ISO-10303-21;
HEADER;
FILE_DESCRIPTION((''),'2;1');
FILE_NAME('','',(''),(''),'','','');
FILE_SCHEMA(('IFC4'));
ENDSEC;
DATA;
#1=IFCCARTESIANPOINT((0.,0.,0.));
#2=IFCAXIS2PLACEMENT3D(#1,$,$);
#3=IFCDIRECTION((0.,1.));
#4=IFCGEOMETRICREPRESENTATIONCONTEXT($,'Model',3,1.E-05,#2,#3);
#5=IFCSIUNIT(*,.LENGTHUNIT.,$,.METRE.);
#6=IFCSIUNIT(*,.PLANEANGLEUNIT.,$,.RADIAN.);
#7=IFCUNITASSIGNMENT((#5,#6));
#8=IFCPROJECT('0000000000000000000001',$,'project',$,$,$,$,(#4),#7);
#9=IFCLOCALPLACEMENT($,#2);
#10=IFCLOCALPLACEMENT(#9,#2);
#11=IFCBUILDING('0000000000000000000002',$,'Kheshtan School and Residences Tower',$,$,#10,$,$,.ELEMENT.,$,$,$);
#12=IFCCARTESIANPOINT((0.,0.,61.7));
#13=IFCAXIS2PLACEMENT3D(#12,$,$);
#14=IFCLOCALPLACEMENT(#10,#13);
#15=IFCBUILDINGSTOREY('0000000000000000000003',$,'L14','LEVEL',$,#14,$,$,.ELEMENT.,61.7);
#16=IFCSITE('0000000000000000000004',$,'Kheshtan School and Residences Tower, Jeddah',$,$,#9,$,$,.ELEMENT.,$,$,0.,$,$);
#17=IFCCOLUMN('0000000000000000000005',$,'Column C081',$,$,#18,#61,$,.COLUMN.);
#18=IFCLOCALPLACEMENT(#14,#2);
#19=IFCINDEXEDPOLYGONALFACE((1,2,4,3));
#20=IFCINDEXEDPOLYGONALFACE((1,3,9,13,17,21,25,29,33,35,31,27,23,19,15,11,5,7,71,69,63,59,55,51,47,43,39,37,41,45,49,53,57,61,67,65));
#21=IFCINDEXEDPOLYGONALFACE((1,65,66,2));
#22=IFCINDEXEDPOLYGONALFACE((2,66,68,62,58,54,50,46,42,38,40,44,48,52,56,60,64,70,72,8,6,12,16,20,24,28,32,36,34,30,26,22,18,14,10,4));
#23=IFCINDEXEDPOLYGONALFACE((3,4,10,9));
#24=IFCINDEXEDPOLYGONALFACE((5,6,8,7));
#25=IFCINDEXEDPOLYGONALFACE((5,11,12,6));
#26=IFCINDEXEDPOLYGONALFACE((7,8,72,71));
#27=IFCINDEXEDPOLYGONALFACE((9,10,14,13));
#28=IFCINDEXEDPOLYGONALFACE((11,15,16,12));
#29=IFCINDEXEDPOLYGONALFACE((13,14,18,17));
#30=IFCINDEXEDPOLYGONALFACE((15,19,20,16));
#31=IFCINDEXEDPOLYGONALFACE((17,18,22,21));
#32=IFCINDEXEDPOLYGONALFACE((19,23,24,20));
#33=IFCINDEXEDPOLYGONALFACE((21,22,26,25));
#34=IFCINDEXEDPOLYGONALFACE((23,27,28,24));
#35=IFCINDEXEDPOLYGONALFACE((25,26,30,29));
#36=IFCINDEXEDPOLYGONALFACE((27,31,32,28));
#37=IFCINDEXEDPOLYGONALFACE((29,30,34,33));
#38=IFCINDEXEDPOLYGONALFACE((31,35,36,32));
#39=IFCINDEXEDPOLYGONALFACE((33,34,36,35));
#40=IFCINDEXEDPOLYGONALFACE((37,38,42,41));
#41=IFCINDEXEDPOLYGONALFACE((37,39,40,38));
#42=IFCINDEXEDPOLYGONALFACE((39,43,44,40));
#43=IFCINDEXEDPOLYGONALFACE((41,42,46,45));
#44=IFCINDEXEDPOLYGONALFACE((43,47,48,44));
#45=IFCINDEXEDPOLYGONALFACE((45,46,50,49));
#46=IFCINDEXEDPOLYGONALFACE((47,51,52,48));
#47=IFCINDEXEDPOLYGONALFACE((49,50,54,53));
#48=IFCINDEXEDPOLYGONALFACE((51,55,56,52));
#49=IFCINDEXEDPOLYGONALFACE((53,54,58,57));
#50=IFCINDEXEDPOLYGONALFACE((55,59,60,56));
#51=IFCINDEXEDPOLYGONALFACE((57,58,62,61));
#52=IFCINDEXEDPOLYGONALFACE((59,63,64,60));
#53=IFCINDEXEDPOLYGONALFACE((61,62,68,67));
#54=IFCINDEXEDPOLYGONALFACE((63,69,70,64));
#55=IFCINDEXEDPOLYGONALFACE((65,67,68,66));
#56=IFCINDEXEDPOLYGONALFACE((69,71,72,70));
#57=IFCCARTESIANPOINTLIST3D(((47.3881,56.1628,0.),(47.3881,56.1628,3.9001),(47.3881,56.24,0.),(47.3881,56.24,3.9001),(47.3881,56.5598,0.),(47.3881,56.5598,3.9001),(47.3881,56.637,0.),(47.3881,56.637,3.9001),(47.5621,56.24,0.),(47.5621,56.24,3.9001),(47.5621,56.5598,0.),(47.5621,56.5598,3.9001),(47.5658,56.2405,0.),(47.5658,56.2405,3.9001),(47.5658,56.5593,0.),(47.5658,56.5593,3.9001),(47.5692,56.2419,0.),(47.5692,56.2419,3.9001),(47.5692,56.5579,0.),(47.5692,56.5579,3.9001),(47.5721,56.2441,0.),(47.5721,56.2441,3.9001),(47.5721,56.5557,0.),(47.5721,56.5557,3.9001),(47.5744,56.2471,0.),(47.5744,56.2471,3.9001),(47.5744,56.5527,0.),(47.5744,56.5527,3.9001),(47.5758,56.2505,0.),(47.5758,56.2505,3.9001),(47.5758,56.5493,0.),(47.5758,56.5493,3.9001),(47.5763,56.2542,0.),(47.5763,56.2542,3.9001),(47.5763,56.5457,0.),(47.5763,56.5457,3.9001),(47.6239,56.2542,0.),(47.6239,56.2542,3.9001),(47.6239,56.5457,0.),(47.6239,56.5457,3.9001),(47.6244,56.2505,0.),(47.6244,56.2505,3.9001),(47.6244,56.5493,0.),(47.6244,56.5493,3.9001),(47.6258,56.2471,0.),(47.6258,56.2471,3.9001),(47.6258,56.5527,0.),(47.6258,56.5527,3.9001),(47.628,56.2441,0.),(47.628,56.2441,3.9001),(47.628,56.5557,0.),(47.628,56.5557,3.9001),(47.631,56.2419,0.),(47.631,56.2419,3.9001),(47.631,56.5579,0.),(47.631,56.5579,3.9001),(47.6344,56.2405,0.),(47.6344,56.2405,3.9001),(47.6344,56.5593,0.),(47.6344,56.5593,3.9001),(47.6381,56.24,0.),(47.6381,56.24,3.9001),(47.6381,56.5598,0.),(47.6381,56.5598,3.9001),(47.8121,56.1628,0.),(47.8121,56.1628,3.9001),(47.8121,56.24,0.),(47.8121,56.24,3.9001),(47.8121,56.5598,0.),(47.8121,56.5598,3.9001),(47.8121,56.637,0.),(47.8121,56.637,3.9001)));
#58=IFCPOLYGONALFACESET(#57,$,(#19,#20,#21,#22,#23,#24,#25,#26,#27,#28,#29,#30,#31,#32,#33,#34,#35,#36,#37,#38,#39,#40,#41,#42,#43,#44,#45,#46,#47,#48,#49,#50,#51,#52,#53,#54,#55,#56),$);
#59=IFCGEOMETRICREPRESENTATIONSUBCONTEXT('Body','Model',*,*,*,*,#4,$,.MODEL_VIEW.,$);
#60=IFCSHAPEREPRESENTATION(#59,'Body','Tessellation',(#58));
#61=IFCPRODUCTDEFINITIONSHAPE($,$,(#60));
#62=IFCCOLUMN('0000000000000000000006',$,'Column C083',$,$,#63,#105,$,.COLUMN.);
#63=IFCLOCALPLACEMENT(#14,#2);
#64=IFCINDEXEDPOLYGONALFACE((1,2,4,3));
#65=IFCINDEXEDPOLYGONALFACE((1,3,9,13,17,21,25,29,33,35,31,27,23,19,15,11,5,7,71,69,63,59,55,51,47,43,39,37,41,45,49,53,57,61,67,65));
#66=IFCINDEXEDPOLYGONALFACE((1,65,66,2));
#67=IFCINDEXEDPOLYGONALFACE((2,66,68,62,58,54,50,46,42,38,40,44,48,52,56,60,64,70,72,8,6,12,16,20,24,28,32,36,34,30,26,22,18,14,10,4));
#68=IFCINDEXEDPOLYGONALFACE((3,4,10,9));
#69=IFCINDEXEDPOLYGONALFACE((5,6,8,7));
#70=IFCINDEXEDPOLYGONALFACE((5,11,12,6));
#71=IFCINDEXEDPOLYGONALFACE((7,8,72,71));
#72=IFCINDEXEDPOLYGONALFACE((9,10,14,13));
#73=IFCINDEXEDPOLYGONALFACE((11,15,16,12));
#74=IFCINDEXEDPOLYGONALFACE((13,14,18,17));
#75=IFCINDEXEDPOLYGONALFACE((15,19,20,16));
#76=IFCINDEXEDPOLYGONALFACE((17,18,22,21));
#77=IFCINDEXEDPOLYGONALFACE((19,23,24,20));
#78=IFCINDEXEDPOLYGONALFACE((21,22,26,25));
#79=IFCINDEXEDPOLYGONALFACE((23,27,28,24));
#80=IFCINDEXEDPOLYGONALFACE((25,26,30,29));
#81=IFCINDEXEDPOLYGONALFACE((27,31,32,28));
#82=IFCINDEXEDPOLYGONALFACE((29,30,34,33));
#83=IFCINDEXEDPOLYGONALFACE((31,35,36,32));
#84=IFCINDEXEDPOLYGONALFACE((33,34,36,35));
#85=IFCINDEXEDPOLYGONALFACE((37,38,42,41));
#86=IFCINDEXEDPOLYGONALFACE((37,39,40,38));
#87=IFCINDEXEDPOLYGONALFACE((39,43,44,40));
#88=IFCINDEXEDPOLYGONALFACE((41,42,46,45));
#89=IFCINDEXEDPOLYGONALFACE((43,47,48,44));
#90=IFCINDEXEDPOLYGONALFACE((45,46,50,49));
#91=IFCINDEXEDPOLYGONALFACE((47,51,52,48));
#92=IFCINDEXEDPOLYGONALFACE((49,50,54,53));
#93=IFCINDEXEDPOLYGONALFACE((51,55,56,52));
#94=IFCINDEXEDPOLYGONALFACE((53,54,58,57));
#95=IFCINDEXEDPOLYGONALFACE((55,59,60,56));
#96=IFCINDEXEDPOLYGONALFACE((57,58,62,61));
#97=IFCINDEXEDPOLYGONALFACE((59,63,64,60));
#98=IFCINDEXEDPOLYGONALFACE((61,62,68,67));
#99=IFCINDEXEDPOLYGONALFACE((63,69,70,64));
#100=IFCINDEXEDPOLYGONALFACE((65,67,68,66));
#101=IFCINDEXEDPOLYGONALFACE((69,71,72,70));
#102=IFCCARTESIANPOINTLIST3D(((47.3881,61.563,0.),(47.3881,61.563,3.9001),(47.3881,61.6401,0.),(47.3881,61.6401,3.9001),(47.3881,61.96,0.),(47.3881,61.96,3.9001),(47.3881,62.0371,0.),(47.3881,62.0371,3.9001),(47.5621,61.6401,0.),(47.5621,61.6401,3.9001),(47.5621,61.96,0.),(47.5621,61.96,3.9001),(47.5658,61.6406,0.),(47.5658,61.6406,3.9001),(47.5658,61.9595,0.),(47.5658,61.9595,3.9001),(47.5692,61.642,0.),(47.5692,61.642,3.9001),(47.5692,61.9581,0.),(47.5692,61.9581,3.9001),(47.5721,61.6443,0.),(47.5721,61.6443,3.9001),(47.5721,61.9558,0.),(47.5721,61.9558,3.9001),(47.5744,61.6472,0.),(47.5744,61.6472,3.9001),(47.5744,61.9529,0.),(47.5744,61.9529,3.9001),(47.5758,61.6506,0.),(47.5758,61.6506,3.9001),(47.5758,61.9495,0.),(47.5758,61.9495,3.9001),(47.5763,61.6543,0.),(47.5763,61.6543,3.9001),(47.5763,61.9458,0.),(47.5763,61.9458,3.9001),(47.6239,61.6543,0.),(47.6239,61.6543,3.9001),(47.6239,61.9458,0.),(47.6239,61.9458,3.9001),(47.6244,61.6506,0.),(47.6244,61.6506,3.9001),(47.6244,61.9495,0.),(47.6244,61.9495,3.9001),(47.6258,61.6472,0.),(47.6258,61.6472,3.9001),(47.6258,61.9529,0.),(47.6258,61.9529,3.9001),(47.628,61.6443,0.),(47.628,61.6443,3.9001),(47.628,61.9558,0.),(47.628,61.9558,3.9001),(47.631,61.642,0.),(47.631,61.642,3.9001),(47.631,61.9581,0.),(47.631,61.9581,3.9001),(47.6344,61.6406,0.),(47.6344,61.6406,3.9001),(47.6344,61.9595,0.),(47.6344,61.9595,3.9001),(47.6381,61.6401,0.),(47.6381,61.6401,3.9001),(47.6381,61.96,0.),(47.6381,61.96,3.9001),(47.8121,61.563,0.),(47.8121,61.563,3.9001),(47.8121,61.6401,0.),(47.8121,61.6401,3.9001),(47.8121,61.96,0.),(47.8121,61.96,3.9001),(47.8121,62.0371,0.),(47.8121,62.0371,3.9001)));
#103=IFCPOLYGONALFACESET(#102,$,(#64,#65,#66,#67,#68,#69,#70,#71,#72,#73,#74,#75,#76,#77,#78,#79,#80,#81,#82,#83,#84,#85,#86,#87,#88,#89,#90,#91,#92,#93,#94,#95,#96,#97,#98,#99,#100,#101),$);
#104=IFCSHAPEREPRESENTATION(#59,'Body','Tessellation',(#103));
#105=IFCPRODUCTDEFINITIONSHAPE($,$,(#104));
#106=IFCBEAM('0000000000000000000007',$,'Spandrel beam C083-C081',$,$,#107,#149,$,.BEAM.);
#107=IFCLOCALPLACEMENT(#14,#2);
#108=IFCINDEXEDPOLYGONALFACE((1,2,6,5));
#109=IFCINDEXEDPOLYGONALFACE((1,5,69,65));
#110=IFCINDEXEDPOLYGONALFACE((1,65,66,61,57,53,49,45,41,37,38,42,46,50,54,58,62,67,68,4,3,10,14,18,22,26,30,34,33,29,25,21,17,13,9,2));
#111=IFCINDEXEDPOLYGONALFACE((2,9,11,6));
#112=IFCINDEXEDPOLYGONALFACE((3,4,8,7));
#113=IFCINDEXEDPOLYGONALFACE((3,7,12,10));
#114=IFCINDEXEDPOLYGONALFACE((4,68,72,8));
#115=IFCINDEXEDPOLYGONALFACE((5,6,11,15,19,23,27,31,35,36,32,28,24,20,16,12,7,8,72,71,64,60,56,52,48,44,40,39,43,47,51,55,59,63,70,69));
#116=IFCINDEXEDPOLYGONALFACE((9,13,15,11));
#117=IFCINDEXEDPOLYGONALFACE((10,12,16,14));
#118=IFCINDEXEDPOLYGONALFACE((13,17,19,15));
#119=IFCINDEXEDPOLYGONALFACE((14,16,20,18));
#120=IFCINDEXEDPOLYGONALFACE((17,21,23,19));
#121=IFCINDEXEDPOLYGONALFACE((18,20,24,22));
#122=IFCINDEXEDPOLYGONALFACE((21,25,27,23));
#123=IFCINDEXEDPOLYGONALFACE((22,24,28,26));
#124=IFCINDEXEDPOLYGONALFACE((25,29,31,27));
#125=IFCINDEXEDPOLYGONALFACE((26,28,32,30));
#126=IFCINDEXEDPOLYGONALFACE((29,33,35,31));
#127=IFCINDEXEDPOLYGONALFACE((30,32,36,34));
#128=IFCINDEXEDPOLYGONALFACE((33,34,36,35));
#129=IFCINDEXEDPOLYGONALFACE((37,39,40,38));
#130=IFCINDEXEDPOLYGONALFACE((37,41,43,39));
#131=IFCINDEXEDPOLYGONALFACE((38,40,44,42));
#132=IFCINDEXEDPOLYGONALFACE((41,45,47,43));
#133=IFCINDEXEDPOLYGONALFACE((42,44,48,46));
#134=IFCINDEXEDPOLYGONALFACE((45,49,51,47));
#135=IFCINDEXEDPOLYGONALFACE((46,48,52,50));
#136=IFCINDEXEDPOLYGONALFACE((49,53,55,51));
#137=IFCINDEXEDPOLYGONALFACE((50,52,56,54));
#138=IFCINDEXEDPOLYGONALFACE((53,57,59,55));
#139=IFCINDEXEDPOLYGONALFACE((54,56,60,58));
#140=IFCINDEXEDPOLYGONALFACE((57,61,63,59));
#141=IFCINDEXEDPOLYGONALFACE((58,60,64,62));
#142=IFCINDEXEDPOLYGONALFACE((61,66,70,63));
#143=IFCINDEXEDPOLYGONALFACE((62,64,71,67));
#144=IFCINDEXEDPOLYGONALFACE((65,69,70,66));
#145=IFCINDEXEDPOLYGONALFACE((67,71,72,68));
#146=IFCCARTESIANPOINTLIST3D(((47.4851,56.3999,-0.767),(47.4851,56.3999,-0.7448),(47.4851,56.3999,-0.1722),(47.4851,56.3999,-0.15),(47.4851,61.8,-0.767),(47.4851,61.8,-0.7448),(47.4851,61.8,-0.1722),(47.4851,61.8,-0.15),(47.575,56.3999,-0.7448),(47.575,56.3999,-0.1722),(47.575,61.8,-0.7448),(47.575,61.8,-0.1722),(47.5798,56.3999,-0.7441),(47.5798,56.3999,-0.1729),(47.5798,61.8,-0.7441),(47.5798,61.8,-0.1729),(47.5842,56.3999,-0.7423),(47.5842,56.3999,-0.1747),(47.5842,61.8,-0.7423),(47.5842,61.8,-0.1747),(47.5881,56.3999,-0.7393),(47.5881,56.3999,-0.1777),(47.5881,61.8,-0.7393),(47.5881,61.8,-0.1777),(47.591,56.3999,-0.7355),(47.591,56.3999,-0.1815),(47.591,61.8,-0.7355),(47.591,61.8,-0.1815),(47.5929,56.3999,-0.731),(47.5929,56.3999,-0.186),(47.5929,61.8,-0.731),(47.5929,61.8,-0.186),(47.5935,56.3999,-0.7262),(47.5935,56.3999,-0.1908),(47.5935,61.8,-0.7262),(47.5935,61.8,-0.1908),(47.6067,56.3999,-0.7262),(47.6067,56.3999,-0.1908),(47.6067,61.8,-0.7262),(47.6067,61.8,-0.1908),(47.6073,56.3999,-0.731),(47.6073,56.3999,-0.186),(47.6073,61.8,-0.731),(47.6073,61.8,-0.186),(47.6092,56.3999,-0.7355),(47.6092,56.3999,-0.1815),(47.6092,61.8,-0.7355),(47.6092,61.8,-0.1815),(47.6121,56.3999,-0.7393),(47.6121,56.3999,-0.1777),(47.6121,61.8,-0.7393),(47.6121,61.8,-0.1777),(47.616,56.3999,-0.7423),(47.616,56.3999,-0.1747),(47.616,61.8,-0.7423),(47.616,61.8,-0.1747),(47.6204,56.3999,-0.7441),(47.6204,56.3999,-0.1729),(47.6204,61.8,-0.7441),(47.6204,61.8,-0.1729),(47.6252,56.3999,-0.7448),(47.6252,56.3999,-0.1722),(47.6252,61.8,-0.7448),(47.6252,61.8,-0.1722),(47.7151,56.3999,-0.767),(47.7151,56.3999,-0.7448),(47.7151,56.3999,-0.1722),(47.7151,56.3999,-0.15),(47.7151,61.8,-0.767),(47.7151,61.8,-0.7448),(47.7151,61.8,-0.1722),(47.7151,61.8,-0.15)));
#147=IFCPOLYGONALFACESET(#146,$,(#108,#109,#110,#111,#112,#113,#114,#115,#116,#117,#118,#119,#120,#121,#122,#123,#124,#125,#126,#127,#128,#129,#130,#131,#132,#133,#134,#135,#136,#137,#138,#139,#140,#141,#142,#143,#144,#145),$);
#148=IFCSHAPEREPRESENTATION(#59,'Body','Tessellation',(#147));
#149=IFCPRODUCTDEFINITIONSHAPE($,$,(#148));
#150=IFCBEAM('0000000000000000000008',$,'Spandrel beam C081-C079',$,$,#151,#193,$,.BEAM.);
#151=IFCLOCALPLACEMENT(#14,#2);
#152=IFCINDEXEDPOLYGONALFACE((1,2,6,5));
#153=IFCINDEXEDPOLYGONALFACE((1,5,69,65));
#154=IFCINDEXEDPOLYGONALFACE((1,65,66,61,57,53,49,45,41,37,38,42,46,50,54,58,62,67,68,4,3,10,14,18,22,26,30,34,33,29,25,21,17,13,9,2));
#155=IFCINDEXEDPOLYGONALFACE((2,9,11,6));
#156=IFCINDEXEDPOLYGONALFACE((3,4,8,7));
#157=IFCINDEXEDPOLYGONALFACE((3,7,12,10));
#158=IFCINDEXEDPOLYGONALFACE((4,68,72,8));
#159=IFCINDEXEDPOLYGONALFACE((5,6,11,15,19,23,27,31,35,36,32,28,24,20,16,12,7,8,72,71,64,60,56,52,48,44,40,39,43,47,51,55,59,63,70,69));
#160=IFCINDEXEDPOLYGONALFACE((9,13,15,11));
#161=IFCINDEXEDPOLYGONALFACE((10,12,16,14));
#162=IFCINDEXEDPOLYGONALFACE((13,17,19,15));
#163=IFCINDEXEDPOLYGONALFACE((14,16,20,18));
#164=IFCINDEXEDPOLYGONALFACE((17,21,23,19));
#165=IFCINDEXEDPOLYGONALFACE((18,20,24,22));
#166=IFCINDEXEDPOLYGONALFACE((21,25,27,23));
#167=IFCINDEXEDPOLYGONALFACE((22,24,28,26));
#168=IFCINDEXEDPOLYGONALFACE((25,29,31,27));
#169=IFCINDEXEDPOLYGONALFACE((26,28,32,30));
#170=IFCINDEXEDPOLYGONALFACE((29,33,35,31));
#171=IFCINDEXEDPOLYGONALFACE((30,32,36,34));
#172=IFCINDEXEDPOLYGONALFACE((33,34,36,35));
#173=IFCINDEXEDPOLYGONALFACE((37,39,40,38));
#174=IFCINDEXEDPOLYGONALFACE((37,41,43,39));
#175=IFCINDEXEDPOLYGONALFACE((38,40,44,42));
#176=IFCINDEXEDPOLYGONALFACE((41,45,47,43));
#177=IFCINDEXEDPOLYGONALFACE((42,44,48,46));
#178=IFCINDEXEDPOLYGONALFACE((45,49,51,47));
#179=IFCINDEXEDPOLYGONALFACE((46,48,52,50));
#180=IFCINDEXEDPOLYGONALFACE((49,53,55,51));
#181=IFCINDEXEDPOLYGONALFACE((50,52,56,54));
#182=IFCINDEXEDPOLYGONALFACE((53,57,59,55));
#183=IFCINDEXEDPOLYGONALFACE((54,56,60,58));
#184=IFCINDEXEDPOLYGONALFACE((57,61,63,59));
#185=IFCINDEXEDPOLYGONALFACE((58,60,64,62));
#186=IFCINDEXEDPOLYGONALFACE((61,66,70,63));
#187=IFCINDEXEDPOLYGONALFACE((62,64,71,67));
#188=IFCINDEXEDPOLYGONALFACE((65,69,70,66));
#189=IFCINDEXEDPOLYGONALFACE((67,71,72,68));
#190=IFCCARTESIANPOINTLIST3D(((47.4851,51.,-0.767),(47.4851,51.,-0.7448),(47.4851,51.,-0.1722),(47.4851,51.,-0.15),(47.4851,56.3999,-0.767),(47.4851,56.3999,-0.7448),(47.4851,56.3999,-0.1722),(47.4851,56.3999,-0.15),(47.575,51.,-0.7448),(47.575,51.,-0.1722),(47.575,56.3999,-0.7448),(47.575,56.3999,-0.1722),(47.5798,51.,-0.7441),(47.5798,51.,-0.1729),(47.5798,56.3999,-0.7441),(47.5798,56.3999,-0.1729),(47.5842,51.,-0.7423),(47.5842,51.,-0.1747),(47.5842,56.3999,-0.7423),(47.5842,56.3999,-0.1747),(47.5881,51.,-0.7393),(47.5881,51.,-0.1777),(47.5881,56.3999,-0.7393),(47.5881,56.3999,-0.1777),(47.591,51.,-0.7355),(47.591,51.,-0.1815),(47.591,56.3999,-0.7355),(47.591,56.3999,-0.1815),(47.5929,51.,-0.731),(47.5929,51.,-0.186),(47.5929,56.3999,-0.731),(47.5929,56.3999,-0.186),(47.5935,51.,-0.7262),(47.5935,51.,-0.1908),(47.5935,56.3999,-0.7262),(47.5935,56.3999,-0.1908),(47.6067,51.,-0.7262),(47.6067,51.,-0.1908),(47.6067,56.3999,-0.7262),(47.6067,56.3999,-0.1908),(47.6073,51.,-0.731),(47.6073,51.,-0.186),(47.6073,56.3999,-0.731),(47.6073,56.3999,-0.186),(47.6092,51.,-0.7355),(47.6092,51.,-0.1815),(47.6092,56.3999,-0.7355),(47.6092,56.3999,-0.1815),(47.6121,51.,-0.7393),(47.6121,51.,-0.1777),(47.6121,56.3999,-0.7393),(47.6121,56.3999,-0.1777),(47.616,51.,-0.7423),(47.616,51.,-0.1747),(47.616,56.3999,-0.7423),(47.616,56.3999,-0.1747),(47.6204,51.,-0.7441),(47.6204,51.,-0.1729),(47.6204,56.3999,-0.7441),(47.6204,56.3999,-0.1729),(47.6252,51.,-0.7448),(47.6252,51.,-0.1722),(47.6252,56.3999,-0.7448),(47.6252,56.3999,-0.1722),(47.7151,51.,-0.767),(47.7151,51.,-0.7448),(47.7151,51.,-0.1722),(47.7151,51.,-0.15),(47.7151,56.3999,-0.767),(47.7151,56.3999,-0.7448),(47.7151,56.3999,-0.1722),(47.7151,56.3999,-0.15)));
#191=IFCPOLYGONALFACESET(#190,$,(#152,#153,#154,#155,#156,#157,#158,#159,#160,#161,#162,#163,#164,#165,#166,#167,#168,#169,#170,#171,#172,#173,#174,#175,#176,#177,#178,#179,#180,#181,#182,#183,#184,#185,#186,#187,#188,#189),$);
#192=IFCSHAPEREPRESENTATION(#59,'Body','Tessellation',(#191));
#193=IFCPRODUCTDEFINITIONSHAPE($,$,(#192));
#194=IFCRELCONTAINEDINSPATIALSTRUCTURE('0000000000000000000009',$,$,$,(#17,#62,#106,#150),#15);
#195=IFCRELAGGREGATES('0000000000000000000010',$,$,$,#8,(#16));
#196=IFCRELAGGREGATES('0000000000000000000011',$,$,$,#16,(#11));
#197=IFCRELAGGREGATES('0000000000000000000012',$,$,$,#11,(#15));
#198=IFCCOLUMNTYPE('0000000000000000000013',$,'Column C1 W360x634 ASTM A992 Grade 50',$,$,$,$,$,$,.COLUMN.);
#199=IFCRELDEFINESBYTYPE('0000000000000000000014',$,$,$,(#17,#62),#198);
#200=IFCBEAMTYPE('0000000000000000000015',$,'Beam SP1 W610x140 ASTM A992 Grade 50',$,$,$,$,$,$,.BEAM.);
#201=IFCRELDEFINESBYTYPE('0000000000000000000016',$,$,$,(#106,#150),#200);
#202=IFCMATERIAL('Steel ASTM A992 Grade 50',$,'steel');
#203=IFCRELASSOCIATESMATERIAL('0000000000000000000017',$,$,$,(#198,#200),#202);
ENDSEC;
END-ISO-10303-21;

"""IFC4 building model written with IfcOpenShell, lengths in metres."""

from ifc_helpers import new_model, si_unit, direction, frame, origin, origin_2d, place, context, subcontext, project, spatial, i_section, extrude, material, material_profile, profile_set, type_object, element, save


model = new_model("IFC4")

# Units and contexts
model_context = context("Model", 3, precision=1e-05, world=origin(), true_north=direction((0.0, 1.0)))
body_context = subcontext(model_context, "Body", "Model", "MODEL_VIEW")
ifc_project = project(units=[si_unit("LENGTHUNIT", "METRE"), si_unit("PLANEANGLEUNIT", "RADIAN")], contexts=[model_context])

# Site, building, storey
site_placement = place(None, origin())
site = spatial("IfcSite", under=ifc_project, at=site_placement, Name="Kheshtan School and Residences Tower, Jeddah", CompositionType="ELEMENT", RefElevation=0.0)
building_placement = place(site_placement, origin())
building = spatial("IfcBuilding", under=site, at=building_placement, Name="Kheshtan School and Residences Tower", CompositionType="ELEMENT")
storey_placement = place(building_placement, frame((0.0, 0.0, 61.7)))
storey = spatial("IfcBuildingStorey", under=building, at=storey_placement, Name="L14", Description="LEVEL", CompositionType="ELEMENT", Elevation=61.7)

# Columns
ifc_material_1 = material(Name="Steel ASTM A992 Grade 50", Category="steel")
ifc_material_profile_1 = material_profile(ifc_material_1, i_section(OverallWidth=0.4241, OverallDepth=0.4741, WebThickness=0.0476, FlangeThickness=0.0771, FilletRadius=0.0142, at=origin_2d()), Name="W360x634")
ifc_profile_set_1 = profile_set([ifc_material_profile_1], Name="Steel ASTM A992 Grade 50")
column_type = type_object("IfcColumnType", Name="Column C1 W360x634 ASTM A992 Grade 50", PredefinedType="COLUMN", material=ifc_profile_set_1)
for number, where, z_axis, x_axis, name in (
    (1, (47.6001, 56.3999, 0.0), (0.0, 0.0, 1.0), (1.0, 0.0, 0.0), "Column C081"),
    (2, (47.6001, 61.8, 0.0), (0.0, 0.0, 1.0), (1.0, 0.0, 0.0), "Column C083"),
):
    element("IfcColumn", number, at=place(storey_placement, frame(where, z_axis=z_axis, x_axis=x_axis)), inside=storey, type_object=column_type, Name=name, PredefinedType="COLUMN", context=body_context, shape_type="SweptSolid", body=[
        extrude(i_section(OverallWidth=0.4241, OverallDepth=0.4741, WebThickness=0.0476, FlangeThickness=0.0771, FilletRadius=0.0142, at=origin_2d()), origin(), (0.0, 0.0, 1.0), 3.9001),
    ])

# Beams
ifc_material_profile_2 = material_profile(ifc_material_1, i_section(OverallWidth=0.23, OverallDepth=0.6169, WebThickness=0.0132, FlangeThickness=0.0222, FilletRadius=0.0186, at=origin_2d()), Name="W610x140")
ifc_profile_set_2 = profile_set([ifc_material_profile_2], Name="Steel ASTM A992 Grade 50")
beam_type = type_object("IfcBeamType", Name="Beam SP1 W610x140 ASTM A992 Grade 50", PredefinedType="BEAM", material=ifc_profile_set_2)
beam_1_placement = place(storey_placement, frame((47.6001, 61.8, -0.4585), z_axis=(0.0, -1.0, 0.0), x_axis=(1.0, 0.0, 0.0)))
element("IfcBeam", 3, at=beam_1_placement, inside=storey, type_object=beam_type, Name="Spandrel beam C083-C081", PredefinedType="BEAM", context=body_context, shape_type="SweptSolid", body=[
    extrude(i_section(OverallWidth=0.23, OverallDepth=0.6169, WebThickness=0.0132, FlangeThickness=0.0222, FilletRadius=0.0186, at=origin_2d()), origin(), (0.0, 0.0, 1.0), 5.4001),
])
beam_2_placement = place(storey_placement, frame((47.6001, 56.3999, -0.4585), z_axis=(0.0, -1.0, 0.0), x_axis=(1.0, 0.0, 0.0)))
element("IfcBeam", 4, at=beam_2_placement, inside=storey, type_object=beam_type, Name="Spandrel beam C081-C079", PredefinedType="BEAM", context=body_context, shape_type="SweptSolid", body=[
    extrude(i_section(OverallWidth=0.23, OverallDepth=0.6169, WebThickness=0.0132, FlangeThickness=0.0222, FilletRadius=0.0186, at=origin_2d()), origin(), (0.0, 0.0, 1.0), 5.3999),
])

save(model, "model.ifc")
